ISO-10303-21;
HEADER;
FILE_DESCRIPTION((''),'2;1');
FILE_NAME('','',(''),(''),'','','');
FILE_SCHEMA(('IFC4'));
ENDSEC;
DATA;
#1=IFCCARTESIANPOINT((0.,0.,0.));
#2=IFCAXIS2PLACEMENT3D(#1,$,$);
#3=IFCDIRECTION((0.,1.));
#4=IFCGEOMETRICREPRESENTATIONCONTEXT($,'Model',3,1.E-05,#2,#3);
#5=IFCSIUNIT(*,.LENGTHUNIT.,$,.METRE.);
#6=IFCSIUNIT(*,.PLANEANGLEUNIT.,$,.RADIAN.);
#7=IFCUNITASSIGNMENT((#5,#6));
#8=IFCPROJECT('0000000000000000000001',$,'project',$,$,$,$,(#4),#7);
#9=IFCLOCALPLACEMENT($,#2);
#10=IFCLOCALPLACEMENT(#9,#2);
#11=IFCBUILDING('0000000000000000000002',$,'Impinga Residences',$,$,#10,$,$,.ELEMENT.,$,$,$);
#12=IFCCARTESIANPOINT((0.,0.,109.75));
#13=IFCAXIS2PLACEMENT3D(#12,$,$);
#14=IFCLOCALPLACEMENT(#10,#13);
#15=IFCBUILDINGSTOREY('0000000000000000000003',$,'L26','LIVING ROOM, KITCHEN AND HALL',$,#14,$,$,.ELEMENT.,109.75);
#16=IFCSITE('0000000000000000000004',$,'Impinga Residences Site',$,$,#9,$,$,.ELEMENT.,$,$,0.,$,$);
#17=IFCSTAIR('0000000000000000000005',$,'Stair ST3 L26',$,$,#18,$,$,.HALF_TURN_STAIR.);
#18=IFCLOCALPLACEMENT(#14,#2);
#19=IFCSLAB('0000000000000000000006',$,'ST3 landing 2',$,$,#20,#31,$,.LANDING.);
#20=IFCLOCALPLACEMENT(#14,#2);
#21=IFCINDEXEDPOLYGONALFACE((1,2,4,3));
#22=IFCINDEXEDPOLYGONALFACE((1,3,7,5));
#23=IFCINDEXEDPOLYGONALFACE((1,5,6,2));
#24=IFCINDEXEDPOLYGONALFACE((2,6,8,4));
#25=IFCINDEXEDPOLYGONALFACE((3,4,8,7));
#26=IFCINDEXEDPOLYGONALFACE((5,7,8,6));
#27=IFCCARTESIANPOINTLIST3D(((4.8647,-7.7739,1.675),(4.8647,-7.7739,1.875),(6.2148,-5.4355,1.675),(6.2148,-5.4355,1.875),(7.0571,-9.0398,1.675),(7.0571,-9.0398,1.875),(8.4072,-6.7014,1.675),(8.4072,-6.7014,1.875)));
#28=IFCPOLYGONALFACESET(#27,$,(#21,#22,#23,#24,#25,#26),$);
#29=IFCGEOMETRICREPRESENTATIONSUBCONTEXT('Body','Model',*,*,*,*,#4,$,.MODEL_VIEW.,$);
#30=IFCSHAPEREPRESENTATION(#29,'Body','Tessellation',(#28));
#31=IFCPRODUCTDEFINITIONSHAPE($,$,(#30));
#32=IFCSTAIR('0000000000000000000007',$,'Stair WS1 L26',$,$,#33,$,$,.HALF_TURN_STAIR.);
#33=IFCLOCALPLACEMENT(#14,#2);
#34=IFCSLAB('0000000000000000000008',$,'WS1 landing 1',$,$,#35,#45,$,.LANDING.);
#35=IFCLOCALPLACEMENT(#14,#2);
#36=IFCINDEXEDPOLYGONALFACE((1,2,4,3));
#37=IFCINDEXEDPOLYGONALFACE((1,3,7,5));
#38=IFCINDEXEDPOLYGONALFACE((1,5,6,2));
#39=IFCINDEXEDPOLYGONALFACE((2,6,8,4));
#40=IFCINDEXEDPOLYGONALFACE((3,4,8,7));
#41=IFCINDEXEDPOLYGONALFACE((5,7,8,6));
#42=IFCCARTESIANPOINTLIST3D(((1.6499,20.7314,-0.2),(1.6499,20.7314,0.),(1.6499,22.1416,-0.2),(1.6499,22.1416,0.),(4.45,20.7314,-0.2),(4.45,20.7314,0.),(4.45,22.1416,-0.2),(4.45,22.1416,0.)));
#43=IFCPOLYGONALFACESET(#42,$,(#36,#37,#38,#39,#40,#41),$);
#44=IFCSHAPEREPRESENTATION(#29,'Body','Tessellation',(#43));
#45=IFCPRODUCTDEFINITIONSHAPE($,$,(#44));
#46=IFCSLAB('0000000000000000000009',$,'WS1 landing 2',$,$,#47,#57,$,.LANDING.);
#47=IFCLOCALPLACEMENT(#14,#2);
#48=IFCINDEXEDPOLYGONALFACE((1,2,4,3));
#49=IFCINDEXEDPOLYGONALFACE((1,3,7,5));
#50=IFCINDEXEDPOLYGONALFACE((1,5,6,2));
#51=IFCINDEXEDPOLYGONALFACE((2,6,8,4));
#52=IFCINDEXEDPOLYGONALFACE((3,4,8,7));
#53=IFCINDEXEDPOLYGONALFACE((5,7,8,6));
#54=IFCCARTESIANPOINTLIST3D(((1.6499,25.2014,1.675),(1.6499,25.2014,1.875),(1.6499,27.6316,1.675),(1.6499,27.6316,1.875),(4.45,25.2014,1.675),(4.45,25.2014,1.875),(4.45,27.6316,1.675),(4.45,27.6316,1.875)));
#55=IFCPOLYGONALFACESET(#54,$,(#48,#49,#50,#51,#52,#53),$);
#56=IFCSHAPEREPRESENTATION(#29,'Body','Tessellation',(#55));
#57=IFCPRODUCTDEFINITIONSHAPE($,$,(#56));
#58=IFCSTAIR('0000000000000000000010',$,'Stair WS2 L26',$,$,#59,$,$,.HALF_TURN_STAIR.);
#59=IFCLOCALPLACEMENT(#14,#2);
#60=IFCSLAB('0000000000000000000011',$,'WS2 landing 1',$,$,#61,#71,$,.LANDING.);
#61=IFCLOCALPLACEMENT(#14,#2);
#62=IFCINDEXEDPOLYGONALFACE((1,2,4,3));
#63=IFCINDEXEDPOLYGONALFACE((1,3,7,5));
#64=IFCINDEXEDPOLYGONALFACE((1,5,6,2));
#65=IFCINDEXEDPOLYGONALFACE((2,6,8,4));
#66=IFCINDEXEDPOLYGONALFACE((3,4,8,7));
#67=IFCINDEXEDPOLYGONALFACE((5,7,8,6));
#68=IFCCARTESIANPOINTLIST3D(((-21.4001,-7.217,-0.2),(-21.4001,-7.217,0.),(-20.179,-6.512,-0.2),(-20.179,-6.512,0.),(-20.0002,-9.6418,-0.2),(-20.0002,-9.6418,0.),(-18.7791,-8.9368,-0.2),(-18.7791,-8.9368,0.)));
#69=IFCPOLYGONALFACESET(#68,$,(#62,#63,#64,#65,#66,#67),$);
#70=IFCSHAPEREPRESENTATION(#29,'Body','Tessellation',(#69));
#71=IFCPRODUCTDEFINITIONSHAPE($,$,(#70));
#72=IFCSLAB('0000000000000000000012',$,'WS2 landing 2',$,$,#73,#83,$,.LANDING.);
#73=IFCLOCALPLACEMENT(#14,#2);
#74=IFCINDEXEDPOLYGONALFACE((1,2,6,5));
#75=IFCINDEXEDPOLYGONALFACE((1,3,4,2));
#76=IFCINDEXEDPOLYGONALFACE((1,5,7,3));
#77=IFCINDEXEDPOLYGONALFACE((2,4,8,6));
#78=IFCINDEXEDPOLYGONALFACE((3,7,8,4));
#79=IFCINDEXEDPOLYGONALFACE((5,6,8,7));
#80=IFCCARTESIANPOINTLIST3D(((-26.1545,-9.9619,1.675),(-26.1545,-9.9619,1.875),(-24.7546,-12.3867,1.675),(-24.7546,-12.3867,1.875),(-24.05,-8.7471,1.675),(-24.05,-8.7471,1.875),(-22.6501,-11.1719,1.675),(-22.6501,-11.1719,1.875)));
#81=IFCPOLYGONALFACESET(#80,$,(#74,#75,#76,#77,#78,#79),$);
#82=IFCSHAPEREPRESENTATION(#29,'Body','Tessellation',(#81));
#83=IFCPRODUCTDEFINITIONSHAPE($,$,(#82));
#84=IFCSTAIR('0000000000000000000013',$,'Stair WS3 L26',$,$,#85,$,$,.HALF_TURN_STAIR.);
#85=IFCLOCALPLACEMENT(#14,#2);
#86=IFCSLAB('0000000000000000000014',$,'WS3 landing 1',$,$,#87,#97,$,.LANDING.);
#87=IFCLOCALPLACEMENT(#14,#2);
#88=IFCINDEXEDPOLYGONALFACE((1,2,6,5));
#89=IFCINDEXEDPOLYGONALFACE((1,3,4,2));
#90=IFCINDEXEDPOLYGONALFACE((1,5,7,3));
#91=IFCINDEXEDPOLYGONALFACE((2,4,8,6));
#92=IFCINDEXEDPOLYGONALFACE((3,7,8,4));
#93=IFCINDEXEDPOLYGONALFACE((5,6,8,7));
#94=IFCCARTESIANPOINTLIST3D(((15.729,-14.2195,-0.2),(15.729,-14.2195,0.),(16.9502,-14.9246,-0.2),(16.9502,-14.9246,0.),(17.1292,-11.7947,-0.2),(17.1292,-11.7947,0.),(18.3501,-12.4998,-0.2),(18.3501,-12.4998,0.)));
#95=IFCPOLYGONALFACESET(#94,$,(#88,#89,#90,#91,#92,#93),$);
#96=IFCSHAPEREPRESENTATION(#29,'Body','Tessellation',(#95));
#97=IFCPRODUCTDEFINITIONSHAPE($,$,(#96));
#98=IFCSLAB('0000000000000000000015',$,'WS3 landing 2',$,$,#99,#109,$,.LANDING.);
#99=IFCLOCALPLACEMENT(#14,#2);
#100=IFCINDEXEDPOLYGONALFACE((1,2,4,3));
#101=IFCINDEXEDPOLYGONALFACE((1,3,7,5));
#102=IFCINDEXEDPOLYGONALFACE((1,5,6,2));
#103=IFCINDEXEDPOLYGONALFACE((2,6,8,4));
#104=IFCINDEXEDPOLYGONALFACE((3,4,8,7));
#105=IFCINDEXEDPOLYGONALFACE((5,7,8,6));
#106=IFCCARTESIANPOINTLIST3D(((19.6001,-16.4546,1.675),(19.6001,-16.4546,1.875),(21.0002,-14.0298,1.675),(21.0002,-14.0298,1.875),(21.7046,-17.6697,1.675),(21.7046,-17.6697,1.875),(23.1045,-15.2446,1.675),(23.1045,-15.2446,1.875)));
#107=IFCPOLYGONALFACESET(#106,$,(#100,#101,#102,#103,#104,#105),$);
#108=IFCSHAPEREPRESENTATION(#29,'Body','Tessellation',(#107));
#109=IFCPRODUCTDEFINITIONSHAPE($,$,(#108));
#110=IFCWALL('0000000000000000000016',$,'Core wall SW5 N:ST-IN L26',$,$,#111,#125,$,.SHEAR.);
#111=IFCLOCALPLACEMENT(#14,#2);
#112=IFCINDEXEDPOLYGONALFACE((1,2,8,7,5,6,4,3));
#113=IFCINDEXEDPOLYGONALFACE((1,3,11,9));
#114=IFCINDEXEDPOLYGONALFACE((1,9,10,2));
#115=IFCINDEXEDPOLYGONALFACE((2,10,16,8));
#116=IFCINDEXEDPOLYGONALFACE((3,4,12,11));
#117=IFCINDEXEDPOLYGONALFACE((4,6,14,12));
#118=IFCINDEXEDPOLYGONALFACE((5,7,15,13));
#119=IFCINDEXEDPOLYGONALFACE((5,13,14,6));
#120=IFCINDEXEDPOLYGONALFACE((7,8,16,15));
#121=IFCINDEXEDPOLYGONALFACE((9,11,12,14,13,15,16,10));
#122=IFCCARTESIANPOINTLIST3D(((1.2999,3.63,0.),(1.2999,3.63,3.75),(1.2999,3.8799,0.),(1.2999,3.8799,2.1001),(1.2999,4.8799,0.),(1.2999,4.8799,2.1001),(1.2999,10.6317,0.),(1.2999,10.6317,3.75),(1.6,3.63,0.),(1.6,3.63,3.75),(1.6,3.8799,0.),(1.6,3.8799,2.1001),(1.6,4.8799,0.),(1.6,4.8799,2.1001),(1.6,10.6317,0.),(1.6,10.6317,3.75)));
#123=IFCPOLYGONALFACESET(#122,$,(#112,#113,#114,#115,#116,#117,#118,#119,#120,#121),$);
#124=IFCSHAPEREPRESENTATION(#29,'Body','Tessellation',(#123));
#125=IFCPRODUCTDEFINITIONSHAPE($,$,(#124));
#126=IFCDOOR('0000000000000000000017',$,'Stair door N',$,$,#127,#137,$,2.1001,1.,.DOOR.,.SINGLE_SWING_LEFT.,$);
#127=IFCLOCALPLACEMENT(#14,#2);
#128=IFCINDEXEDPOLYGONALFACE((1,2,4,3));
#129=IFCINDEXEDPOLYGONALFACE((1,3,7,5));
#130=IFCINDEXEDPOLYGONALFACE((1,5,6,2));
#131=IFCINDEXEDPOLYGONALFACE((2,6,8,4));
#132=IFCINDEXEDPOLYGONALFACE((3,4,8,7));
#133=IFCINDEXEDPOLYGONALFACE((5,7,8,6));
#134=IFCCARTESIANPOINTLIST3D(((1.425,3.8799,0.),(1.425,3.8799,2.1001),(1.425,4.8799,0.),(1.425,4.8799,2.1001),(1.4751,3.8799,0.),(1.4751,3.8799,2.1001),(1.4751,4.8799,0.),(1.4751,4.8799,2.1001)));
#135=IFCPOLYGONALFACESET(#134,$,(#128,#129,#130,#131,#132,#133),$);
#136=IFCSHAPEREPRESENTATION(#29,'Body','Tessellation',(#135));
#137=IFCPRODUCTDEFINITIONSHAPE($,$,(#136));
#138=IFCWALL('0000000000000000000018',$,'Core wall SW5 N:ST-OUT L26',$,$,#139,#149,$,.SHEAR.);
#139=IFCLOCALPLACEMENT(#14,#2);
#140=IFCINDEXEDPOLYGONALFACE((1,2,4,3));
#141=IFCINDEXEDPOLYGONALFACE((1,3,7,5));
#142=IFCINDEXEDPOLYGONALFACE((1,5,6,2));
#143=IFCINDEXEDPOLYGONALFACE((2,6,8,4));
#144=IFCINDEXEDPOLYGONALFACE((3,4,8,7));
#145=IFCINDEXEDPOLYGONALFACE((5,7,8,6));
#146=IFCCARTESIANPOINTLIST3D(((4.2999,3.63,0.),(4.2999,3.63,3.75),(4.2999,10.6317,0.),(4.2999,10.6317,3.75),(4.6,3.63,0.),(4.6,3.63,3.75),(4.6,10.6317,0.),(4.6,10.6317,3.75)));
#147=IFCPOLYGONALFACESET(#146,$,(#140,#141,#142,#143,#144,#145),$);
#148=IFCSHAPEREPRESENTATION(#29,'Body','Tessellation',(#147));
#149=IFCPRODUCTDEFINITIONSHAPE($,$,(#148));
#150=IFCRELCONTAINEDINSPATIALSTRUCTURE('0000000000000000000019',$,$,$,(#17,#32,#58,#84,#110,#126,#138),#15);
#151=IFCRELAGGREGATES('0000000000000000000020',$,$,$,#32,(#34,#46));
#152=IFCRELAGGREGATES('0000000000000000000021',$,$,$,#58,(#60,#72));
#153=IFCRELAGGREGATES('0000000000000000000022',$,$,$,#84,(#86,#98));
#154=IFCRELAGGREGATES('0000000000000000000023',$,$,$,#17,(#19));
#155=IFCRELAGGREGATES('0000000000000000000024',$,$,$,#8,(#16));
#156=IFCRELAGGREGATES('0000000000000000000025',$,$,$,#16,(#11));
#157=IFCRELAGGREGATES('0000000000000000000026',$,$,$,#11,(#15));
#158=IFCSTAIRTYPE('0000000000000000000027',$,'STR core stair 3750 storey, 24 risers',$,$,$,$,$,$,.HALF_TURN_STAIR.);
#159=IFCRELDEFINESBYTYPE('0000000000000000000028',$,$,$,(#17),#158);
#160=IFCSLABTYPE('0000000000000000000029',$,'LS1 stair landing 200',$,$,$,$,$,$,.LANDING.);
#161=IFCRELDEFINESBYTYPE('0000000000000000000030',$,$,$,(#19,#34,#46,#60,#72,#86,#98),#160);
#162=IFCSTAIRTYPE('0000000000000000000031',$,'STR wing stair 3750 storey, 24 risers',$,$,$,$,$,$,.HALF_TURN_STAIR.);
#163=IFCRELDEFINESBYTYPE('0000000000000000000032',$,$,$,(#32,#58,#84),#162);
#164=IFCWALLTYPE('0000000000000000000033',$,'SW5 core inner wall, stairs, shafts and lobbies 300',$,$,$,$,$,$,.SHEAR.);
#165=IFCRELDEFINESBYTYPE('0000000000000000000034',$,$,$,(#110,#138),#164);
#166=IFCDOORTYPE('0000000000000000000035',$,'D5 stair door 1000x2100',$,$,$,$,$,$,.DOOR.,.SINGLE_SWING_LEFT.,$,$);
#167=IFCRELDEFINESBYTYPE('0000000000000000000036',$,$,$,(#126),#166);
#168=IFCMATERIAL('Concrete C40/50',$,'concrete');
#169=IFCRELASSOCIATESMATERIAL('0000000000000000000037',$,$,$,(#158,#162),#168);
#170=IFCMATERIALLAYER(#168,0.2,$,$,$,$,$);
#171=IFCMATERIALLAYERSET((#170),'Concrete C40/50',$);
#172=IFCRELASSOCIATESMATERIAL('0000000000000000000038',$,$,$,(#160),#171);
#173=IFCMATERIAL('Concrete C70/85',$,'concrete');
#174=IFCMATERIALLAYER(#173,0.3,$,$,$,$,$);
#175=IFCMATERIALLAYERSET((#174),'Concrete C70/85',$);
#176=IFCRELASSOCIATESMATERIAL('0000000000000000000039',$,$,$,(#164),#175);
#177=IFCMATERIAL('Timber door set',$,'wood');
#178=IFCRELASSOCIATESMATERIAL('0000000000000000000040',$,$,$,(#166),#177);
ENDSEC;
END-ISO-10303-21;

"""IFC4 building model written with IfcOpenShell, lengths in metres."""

from ifc_helpers import new_model, si_unit, direction, frame, frame_2d, origin, place, context, subcontext, project, spatial, polyline, rectangle, outline, extrude, material, layer, layer_set, type_object, element, fill, aggregate, save


model = new_model("IFC4")

# Units and contexts
model_context = context("Model", 3, precision=1e-05, world=origin(), true_north=direction((0.0, 1.0)))
body_context = subcontext(model_context, "Body", "Model", "MODEL_VIEW")
ifc_project = project(units=[si_unit("LENGTHUNIT", "METRE"), si_unit("PLANEANGLEUNIT", "RADIAN")], contexts=[model_context])

# Site, building, storey
site_placement = place(None, origin())
site = spatial("IfcSite", under=ifc_project, at=site_placement, Name="Impinga Residences Site", CompositionType="ELEMENT", RefElevation=0.0)
building_placement = place(site_placement, origin())
building = spatial("IfcBuilding", under=site, at=building_placement, Name="Impinga Residences", CompositionType="ELEMENT")
storey_placement = place(building_placement, frame((0.0, 0.0, 109.75)))
storey = spatial("IfcBuildingStorey", under=building, at=storey_placement, Name="L26", Description="LIVING ROOM, KITCHEN AND HALL", CompositionType="ELEMENT", Elevation=109.75)

# Stair, slab
ifc_material_1 = material(Name="Concrete C40/50", Category="concrete")
stair_type_1 = type_object("IfcStairType", Name="STR core stair 3750 storey, 24 risers", PredefinedType="HALF_TURN_STAIR", material=ifc_material_1)
stair_1_placement = place(storey_placement, origin())
stair_1 = element("IfcStair", 1, at=stair_1_placement, inside=storey, type_object=stair_type_1, Name="Stair ST3 L26", PredefinedType="HALF_TURN_STAIR")
ifc_layer_1 = layer(ifc_material_1, 0.2)
ifc_layer_set_1 = layer_set([ifc_layer_1], Name="Concrete C40/50")
slab_type = type_object("IfcSlabType", Name="LS1 stair landing 200", PredefinedType="LANDING", material=ifc_layer_set_1)
slab_1_placement = place(storey_placement, frame((0.0, 0.0, 1.675)))
slab_1 = element("IfcSlab", 2, at=slab_1_placement, type_object=slab_type, Name="ST3 landing 2", PredefinedType="LANDING", context=body_context, shape_type="SweptSolid", body=[
    extrude(outline(polyline([(6.2148, -5.4355), (4.8647, -7.7739), (7.0571, -9.0398), (8.4072, -6.7014), (6.2148, -5.4355)])), origin(), (0.0, 0.0, 1.0), 0.2),
])

# Stairs, slabs
stair_type_2 = type_object("IfcStairType", Name="STR wing stair 3750 storey, 24 risers", PredefinedType="HALF_TURN_STAIR", material=ifc_material_1)
stair_2_placement = place(storey_placement, origin())
stair_2 = element("IfcStair", 3, at=stair_2_placement, inside=storey, type_object=stair_type_2, Name="Stair WS1 L26", PredefinedType="HALF_TURN_STAIR")
slab_2_placement = place(storey_placement, frame((0.0, 0.0, -0.2)))
slab_2 = element("IfcSlab", 4, at=slab_2_placement, type_object=slab_type, Name="WS1 landing 1", PredefinedType="LANDING", context=body_context, shape_type="SweptSolid", body=[
    extrude(outline(polyline([(1.6499, 20.7314), (4.45, 20.7314), (4.45, 22.1416), (1.6499, 22.1416), (1.6499, 20.7314)])), origin(), (0.0, 0.0, 1.0), 0.2),
])
slab_3_placement = place(storey_placement, frame((0.0, 0.0, 1.675)))
slab_3 = element("IfcSlab", 5, at=slab_3_placement, type_object=slab_type, Name="WS1 landing 2", PredefinedType="LANDING", context=body_context, shape_type="SweptSolid", body=[
    extrude(outline(polyline([(1.6499, 25.2014), (4.45, 25.2014), (4.45, 27.6316), (1.6499, 27.6316), (1.6499, 25.2014)])), origin(), (0.0, 0.0, 1.0), 0.2),
])
aggregate(stair_2, [slab_2, slab_3])
stair_3_placement = place(storey_placement, origin())
stair_3 = element("IfcStair", 6, at=stair_3_placement, inside=storey, type_object=stair_type_2, Name="Stair WS2 L26", PredefinedType="HALF_TURN_STAIR")
slab_4_placement = place(storey_placement, frame((0.0, 0.0, -0.2)))
slab_4 = element("IfcSlab", 7, at=slab_4_placement, type_object=slab_type, Name="WS2 landing 1", PredefinedType="LANDING", context=body_context, shape_type="SweptSolid", body=[
    extrude(outline(polyline([(-18.7791, -8.9368), (-20.179, -6.512), (-21.4001, -7.217), (-20.0002, -9.6418), (-18.7791, -8.9368)])), origin(), (0.0, 0.0, 1.0), 0.2),
])
slab_5_placement = place(storey_placement, frame((0.0, 0.0, 1.675)))
slab_5 = element("IfcSlab", 8, at=slab_5_placement, type_object=slab_type, Name="WS2 landing 2", PredefinedType="LANDING", context=body_context, shape_type="SweptSolid", body=[
    extrude(outline(polyline([(-22.6501, -11.1719), (-24.05, -8.7471), (-26.1545, -9.9619), (-24.7546, -12.3867), (-22.6501, -11.1719)])), origin(), (0.0, 0.0, 1.0), 0.2),
])
aggregate(stair_3, [slab_4, slab_5])
stair_4_placement = place(storey_placement, origin())
stair_4 = element("IfcStair", 9, at=stair_4_placement, inside=storey, type_object=stair_type_2, Name="Stair WS3 L26", PredefinedType="HALF_TURN_STAIR")
slab_6_placement = place(storey_placement, frame((0.0, 0.0, -0.2)))
slab_6 = element("IfcSlab", 10, at=slab_6_placement, type_object=slab_type, Name="WS3 landing 1", PredefinedType="LANDING", context=body_context, shape_type="SweptSolid", body=[
    extrude(outline(polyline([(17.1292, -11.7947), (15.729, -14.2195), (16.9502, -14.9246), (18.3501, -12.4998), (17.1292, -11.7947)])), origin(), (0.0, 0.0, 1.0), 0.2),
])
slab_7_placement = place(storey_placement, frame((0.0, 0.0, 1.675)))
slab_7 = element("IfcSlab", 11, at=slab_7_placement, type_object=slab_type, Name="WS3 landing 2", PredefinedType="LANDING", context=body_context, shape_type="SweptSolid", body=[
    extrude(outline(polyline([(21.0002, -14.0298), (19.6001, -16.4546), (21.7046, -17.6697), (23.1045, -15.2446), (21.0002, -14.0298)])), origin(), (0.0, 0.0, 1.0), 0.2),
])
aggregate(stair_4, [slab_6, slab_7])

# Wall, opening, door
ifc_material_2 = material(Name="Concrete C70/85", Category="concrete")
ifc_layer_2 = layer(ifc_material_2, 0.3)
ifc_layer_set_2 = layer_set([ifc_layer_2], Name="Concrete C70/85")
wall_type_1 = type_object("IfcWallType", Name="SW5 core inner wall, stairs, shafts and lobbies 300", PredefinedType="SHEAR", material=ifc_layer_set_2)
wall_1_placement = place(storey_placement, frame((1.45, 3.6299, 0.0), z_axis=(0.0, 0.0, 1.0), x_axis=(0.0, 1.0, 0.0)))
wall_1 = element("IfcWall", 12, at=wall_1_placement, inside=storey, type_object=wall_type_1, Name="Core wall SW5 N:ST-IN L26", PredefinedType="SHEAR", context=body_context, shape_type="SweptSolid", body=[
    extrude(rectangle(XDim=7.0017, YDim=0.3, at=frame_2d((3.501, 0.0))), origin(), (0.0, 0.0, 1.0), 3.75),
])
opening_1_placement = place(wall_1_placement, frame((0.25, 0.0, 0.0)))
opening_1 = element("IfcOpeningElement", 13, at=opening_1_placement, cuts=wall_1, PredefinedType="OPENING", context=body_context, shape_type="SweptSolid", body=[
    extrude(rectangle(XDim=1.0, YDim=2.1001, at=frame_2d((0.5, 1.05))), frame((0.0, 0.1599, 0.0), z_axis=(0.0, -1.0, 0.0), x_axis=(1.0, 0.0, 0.0)), (0.0, 0.0, 1.0), 0.3201),
])
ifc_material_3 = material(Name="Timber door set", Category="wood")
door_type_1 = type_object("IfcDoorType", Name="D5 stair door 1000x2100", OperationType="SINGLE_SWING_LEFT", PredefinedType="DOOR", material=ifc_material_3)
door_1_placement = place(opening_1_placement, origin())
door_1 = element("IfcDoor", 14, at=door_1_placement, inside=storey, type_object=door_type_1, Name="Stair door N", OperationType="SINGLE_SWING_LEFT", OverallHeight=2.1001, OverallWidth=1.0, PredefinedType="DOOR", context=body_context, shape_type="SweptSolid", body=[
    extrude(rectangle(XDim=1.0, YDim=2.1001, at=frame_2d((0.5, 1.05))), frame((0.0, 0.0249, 0.0), z_axis=(0.0, -1.0, 0.0), x_axis=(1.0, 0.0, 0.0)), (0.0, 0.0, 1.0), 0.05),
])
fill(opening_1, door_1)

# Wall
wall_2_placement = place(storey_placement, frame((4.45, 3.6299, 0.0), z_axis=(0.0, 0.0, 1.0), x_axis=(0.0, 1.0, 0.0)))
element("IfcWall", 15, at=wall_2_placement, inside=storey, type_object=wall_type_1, Name="Core wall SW5 N:ST-OUT L26", PredefinedType="SHEAR", context=body_context, shape_type="SweptSolid", body=[
    extrude(rectangle(XDim=7.0017, YDim=0.3, at=frame_2d((3.501, 0.0))), origin(), (0.0, 0.0, 1.0), 3.75),
])

aggregate(stair_1, [slab_1])

save(model, "model.ifc")
